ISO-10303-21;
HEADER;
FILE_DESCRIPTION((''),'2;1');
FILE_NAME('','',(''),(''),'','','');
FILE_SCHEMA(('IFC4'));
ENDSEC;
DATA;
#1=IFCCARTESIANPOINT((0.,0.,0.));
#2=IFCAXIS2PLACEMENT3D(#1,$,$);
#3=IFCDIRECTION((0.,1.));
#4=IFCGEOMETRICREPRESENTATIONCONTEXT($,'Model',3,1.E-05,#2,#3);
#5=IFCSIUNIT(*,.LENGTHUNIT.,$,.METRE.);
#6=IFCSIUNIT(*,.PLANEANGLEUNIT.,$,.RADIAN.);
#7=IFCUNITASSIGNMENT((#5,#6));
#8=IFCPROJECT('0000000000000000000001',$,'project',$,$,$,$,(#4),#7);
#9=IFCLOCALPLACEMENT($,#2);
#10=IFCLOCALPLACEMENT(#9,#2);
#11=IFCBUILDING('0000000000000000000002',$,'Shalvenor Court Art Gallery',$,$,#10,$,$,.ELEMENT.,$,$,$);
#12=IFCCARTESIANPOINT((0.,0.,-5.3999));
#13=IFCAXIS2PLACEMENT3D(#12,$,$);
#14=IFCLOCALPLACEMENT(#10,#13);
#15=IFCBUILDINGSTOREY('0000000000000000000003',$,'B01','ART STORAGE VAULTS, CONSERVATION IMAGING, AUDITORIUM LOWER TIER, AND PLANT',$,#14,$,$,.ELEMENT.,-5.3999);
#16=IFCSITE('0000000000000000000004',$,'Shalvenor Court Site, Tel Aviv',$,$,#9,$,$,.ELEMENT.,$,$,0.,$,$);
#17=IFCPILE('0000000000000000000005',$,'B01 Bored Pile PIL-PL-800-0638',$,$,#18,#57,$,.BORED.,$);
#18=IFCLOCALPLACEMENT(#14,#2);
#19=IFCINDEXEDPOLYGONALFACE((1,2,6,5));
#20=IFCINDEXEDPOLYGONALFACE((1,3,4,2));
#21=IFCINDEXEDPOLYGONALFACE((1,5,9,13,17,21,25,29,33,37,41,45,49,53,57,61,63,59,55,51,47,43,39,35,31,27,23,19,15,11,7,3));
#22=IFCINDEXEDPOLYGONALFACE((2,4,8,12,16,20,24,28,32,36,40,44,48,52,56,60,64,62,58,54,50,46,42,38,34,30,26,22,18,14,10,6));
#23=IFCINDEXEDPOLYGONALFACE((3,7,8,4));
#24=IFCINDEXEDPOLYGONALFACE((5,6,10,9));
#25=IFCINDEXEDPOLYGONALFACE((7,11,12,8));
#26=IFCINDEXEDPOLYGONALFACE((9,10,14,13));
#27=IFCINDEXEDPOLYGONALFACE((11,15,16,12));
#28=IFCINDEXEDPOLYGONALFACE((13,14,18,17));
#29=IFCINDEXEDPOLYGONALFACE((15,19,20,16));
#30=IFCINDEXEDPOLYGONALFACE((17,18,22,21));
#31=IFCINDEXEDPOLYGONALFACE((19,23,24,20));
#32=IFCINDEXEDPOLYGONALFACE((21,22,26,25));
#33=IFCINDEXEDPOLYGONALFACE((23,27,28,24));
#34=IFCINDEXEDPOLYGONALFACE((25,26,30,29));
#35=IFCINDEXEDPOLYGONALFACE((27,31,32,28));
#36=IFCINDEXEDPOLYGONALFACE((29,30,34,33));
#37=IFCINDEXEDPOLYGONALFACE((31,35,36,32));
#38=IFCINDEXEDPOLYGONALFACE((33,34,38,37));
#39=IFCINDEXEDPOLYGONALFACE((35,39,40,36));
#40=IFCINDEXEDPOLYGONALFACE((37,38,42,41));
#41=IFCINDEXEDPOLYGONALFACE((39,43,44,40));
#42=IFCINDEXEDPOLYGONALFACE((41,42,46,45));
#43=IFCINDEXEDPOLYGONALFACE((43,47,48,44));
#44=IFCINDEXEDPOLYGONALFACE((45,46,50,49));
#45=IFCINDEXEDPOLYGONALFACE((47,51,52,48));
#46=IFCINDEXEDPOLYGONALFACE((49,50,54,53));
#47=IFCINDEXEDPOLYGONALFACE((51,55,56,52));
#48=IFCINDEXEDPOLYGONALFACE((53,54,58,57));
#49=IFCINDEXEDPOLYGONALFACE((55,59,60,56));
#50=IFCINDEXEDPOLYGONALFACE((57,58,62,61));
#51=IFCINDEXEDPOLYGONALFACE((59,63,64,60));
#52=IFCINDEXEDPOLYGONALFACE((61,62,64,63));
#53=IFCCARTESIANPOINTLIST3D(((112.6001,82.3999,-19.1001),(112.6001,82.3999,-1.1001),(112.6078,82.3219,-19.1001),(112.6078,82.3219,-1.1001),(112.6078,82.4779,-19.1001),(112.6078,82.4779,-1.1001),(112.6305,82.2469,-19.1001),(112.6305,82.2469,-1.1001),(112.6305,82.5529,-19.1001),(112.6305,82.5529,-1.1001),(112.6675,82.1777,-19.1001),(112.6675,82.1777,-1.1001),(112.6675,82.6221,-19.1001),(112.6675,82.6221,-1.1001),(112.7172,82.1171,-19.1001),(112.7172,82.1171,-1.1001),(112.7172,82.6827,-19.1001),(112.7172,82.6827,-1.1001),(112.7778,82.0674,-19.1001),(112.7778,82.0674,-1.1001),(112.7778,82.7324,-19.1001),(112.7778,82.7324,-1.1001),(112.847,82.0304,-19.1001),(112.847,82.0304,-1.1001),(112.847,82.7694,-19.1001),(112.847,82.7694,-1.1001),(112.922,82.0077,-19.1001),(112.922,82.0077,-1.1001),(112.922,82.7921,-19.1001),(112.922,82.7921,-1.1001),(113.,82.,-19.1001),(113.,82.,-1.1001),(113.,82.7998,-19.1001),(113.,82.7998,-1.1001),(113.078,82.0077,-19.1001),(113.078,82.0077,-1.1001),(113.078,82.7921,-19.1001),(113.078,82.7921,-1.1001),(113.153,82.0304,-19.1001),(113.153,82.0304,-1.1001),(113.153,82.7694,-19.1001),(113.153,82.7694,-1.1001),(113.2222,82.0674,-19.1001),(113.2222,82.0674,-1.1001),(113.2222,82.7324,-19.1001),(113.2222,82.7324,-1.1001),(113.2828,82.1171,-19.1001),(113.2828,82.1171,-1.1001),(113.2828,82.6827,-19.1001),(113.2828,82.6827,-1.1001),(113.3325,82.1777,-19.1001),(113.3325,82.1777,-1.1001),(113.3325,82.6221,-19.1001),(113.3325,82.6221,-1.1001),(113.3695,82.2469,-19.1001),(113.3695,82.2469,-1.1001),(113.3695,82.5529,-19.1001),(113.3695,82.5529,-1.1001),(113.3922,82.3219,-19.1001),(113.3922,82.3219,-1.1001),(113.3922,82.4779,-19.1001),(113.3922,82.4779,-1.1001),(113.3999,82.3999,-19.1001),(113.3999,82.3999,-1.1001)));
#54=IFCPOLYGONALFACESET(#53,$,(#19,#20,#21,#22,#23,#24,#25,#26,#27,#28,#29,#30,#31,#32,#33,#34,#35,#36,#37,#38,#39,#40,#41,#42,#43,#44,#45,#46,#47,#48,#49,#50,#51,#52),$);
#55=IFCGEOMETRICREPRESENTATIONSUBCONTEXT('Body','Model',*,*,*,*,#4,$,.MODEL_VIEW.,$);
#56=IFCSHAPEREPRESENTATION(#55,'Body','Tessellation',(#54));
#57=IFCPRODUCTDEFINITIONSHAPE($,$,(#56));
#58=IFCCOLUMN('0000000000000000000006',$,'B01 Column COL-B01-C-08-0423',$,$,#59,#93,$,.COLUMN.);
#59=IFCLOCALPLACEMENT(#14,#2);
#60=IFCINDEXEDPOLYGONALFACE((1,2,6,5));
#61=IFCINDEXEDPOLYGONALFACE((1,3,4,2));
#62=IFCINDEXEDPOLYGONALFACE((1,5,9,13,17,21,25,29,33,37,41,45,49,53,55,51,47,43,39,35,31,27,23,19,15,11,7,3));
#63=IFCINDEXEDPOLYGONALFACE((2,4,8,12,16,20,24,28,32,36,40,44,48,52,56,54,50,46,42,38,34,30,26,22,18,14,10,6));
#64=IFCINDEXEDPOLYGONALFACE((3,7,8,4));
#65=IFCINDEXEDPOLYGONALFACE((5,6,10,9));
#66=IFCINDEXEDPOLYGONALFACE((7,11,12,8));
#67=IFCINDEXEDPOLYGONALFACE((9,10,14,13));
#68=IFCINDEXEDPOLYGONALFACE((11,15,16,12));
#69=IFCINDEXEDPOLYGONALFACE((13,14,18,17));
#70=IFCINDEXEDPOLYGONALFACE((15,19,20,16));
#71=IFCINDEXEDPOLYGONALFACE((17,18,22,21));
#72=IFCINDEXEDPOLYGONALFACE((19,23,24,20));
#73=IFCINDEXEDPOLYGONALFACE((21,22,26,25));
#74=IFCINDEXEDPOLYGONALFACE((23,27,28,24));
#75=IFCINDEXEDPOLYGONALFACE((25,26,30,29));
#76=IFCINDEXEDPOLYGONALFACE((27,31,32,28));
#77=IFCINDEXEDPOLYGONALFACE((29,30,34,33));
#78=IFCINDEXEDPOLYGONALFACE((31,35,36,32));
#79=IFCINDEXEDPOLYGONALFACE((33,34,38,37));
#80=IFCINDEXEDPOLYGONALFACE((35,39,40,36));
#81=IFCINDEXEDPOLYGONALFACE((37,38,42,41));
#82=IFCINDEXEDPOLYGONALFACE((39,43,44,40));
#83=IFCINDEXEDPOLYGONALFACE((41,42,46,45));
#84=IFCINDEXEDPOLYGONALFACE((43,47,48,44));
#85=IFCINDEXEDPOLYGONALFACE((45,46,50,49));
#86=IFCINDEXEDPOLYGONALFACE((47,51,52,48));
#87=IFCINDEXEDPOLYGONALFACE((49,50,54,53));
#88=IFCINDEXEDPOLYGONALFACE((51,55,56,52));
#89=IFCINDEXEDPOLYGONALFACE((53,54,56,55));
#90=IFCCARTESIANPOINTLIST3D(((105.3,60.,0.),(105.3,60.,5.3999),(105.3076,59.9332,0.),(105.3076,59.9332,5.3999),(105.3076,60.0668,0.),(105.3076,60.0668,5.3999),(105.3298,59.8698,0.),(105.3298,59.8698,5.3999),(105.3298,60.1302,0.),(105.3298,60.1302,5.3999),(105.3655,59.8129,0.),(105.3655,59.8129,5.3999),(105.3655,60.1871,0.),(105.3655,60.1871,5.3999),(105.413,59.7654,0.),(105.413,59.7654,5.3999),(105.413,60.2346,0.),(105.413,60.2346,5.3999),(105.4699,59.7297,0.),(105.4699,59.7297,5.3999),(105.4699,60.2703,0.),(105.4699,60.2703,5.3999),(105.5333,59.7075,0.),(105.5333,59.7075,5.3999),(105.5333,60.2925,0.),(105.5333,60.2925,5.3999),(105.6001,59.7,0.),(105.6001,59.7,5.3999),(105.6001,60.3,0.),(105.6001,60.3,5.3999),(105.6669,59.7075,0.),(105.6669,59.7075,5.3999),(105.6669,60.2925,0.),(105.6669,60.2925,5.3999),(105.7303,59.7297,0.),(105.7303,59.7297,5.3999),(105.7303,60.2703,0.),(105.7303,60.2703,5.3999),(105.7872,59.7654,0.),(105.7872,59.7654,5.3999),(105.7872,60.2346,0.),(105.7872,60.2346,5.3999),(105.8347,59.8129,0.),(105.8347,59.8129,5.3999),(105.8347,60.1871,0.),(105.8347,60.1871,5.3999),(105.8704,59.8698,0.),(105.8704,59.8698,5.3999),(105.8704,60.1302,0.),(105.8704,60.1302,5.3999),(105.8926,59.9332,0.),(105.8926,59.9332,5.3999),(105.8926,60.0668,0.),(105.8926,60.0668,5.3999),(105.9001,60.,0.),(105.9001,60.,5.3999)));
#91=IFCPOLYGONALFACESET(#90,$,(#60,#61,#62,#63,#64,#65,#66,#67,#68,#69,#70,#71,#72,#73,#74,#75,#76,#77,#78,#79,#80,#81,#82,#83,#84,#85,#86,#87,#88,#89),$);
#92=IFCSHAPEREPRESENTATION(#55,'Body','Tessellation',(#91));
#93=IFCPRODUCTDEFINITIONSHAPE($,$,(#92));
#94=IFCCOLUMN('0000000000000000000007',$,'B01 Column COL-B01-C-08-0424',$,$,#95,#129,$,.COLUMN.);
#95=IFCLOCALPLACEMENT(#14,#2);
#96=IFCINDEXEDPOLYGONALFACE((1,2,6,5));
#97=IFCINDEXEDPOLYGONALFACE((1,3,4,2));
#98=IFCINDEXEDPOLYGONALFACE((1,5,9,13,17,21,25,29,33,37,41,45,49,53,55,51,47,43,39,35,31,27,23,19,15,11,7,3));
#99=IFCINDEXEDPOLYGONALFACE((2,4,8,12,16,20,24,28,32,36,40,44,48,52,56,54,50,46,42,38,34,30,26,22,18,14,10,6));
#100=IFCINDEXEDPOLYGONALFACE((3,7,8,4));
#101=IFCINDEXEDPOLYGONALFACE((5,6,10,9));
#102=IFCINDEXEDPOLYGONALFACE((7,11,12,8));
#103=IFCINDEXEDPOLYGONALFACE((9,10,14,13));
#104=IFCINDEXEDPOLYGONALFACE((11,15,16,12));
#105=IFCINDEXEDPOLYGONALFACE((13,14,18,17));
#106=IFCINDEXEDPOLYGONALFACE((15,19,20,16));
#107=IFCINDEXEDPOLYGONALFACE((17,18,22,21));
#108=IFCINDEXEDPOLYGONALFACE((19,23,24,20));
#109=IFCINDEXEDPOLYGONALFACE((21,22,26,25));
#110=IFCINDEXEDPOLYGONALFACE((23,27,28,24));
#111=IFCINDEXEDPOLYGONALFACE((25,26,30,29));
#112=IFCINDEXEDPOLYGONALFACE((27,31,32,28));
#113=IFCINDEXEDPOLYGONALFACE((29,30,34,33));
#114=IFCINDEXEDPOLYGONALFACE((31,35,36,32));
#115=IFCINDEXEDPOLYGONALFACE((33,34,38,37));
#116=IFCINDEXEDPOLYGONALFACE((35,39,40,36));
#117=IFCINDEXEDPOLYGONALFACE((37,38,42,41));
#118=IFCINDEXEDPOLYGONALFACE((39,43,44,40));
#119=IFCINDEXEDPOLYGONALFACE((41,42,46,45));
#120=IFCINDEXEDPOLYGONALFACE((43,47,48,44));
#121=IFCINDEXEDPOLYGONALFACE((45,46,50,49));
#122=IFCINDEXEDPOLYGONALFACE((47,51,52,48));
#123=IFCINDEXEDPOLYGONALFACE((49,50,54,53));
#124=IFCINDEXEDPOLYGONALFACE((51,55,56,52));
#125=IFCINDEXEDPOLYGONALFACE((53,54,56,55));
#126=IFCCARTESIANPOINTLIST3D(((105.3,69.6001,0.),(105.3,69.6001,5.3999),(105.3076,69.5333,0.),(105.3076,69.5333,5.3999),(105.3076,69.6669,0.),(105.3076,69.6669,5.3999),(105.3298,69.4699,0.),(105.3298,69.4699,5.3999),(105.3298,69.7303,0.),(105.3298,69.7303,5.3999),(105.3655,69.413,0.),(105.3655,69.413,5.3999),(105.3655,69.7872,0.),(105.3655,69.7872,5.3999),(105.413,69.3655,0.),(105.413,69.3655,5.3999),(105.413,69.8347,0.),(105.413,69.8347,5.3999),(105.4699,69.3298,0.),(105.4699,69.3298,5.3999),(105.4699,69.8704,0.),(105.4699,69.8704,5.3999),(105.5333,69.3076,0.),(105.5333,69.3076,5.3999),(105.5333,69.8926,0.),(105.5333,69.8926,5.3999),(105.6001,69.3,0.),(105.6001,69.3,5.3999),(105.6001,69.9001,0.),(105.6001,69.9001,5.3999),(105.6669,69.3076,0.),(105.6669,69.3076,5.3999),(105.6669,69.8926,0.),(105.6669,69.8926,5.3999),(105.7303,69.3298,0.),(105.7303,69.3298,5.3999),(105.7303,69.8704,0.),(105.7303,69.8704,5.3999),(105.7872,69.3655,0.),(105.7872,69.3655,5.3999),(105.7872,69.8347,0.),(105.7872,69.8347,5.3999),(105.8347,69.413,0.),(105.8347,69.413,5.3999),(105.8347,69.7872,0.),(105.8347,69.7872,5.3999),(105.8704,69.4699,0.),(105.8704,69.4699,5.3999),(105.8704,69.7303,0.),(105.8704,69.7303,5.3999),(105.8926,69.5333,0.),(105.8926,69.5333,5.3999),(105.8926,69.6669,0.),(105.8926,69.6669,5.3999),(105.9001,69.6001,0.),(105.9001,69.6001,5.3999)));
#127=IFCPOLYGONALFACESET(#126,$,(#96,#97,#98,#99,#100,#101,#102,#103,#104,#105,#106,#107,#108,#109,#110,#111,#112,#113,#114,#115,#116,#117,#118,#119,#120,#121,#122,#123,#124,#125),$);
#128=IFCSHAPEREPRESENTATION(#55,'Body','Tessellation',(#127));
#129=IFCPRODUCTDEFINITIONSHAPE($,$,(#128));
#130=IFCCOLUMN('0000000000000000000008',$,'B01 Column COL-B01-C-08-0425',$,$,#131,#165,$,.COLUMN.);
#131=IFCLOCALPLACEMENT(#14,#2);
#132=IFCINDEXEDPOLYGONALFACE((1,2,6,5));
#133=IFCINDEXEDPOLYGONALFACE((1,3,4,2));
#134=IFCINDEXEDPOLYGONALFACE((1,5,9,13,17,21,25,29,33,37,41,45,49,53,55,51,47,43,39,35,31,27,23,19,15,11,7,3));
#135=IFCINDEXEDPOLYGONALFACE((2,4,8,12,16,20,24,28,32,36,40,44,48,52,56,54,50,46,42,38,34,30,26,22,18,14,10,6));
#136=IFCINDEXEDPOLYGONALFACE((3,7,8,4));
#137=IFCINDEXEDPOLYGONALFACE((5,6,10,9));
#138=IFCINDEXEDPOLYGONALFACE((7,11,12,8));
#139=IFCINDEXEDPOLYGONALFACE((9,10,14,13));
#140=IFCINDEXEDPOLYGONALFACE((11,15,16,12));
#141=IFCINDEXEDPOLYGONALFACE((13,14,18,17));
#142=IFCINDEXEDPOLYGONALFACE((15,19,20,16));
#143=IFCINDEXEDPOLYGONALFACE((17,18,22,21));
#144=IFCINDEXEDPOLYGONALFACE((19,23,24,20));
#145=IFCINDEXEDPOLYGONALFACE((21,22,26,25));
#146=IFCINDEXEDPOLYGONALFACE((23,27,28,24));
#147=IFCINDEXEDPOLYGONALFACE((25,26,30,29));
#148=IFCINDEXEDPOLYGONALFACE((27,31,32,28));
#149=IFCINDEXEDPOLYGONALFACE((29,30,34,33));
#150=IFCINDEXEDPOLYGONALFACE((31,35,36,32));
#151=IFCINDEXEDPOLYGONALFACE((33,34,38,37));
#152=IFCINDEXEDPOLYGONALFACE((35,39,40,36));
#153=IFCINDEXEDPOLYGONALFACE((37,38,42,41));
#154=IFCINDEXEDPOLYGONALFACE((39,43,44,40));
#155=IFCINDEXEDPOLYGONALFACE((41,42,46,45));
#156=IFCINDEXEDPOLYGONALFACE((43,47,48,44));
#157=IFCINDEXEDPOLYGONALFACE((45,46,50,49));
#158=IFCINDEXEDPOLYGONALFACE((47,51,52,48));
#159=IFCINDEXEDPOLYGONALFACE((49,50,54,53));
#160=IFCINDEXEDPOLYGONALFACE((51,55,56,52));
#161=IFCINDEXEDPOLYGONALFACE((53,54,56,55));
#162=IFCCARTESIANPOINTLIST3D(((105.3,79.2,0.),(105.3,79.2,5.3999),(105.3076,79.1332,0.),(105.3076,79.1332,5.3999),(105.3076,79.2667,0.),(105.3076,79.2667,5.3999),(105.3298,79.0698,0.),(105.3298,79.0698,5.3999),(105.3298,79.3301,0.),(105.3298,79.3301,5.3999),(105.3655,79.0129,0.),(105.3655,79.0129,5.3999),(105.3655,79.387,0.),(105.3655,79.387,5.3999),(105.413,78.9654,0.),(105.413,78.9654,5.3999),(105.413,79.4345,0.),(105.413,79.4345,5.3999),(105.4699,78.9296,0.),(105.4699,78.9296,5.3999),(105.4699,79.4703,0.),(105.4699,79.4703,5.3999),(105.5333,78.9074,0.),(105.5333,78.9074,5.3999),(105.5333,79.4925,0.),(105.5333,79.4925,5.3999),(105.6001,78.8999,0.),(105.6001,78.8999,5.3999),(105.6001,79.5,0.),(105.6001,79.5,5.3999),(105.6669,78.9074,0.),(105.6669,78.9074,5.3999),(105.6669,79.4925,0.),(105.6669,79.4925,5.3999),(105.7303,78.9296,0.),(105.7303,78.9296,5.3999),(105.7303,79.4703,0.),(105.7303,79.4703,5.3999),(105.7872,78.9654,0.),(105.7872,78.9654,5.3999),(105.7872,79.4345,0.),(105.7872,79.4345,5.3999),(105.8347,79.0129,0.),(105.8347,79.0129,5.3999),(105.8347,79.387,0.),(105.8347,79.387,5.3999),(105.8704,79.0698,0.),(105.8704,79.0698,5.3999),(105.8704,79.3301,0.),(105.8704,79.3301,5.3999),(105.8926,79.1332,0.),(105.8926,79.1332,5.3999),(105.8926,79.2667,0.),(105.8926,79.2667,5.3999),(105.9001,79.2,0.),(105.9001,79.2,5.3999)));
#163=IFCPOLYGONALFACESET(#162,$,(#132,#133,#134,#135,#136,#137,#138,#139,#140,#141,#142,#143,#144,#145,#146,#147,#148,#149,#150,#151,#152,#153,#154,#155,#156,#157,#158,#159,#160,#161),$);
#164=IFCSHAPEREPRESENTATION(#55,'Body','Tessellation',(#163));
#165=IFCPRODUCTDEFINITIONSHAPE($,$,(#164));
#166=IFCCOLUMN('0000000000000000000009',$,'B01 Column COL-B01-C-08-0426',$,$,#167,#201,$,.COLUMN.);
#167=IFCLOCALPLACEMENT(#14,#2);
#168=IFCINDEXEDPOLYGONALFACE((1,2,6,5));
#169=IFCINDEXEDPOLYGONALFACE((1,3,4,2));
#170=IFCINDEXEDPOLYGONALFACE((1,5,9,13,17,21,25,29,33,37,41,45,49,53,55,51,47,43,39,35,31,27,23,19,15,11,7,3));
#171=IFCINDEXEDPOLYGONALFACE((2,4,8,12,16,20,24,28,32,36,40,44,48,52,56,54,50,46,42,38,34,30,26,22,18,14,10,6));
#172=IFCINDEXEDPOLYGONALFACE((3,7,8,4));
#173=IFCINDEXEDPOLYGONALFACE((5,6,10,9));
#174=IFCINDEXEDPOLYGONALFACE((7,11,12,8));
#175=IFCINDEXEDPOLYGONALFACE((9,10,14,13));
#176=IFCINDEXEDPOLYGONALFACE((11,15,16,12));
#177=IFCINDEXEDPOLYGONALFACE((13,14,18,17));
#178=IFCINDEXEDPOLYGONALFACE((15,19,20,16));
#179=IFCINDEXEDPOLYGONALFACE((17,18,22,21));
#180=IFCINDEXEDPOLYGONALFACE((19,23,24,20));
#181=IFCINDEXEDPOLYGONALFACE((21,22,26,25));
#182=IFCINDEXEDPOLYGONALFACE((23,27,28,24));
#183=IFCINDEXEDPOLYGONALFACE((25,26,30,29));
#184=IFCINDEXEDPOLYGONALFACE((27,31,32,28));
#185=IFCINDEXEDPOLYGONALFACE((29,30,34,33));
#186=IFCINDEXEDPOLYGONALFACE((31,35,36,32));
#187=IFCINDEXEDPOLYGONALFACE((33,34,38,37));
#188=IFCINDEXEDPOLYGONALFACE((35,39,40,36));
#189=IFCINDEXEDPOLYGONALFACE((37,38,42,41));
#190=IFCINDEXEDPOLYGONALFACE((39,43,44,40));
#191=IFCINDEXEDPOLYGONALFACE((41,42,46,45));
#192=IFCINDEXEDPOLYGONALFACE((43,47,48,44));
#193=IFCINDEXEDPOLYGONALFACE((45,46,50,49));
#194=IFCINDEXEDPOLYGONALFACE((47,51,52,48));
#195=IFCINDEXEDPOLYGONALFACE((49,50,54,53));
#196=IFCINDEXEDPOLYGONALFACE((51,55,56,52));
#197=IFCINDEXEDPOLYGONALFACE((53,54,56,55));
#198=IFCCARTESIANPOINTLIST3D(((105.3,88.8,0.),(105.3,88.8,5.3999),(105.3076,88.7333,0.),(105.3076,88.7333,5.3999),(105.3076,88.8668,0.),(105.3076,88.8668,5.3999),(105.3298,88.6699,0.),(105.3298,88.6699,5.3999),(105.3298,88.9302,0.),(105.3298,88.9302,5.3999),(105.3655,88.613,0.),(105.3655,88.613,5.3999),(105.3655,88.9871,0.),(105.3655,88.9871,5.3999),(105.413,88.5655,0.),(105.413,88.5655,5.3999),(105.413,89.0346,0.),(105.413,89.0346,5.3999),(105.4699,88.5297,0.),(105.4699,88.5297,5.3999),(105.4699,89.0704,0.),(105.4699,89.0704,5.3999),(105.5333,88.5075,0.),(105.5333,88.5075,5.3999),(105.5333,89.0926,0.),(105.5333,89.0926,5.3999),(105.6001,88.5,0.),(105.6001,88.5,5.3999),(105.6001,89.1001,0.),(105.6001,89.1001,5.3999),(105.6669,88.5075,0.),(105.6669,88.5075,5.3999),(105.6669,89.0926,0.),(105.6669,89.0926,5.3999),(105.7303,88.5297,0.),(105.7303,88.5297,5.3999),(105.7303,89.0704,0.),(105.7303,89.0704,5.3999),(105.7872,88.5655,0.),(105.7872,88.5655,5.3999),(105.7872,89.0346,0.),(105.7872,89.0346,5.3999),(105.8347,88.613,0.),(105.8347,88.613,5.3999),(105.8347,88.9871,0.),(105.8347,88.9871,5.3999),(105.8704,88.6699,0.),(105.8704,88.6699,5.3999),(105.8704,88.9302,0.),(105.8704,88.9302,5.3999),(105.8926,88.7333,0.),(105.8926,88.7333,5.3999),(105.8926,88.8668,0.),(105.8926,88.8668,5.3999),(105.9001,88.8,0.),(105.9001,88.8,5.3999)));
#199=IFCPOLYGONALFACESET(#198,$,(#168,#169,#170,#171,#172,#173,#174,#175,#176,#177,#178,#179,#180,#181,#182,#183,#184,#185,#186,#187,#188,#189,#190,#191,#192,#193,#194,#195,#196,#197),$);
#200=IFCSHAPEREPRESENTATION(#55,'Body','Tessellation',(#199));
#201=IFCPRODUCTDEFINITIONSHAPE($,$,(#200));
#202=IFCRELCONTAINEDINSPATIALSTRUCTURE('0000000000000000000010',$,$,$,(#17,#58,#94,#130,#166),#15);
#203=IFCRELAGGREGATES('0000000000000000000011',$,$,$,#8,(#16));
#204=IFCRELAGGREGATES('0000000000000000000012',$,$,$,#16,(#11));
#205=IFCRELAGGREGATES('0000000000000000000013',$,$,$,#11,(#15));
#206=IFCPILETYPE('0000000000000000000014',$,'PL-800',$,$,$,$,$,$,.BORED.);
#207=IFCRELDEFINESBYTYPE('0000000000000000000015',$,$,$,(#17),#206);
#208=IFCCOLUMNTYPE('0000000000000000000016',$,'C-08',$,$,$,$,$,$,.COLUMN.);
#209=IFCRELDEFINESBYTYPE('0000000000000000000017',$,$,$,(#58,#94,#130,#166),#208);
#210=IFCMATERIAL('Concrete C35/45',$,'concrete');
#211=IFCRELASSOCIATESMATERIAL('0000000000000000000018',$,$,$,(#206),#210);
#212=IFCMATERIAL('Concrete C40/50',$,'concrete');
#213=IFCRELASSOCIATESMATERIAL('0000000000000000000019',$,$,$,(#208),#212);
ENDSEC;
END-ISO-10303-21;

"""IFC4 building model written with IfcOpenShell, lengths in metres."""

from ifc_helpers import new_model, si_unit, direction, frame, origin, origin_2d, place, context, subcontext, project, spatial, circle, extrude, material, material_profile, profile_set, type_object, element, save


model = new_model("IFC4")

# Units and contexts
model_context = context("Model", 3, precision=1e-05, world=origin(), true_north=direction((0.0, 1.0)))
body_context = subcontext(model_context, "Body", "Model", "MODEL_VIEW")
ifc_project = project(units=[si_unit("LENGTHUNIT", "METRE"), si_unit("PLANEANGLEUNIT", "RADIAN")], contexts=[model_context])

# Site, building, storey
site_placement = place(None, origin())
site = spatial("IfcSite", under=ifc_project, at=site_placement, Name="Shalvenor Court Site, Tel Aviv", CompositionType="ELEMENT", RefElevation=0.0)
building_placement = place(site_placement, origin())
building = spatial("IfcBuilding", under=site, at=building_placement, Name="Shalvenor Court Art Gallery", CompositionType="ELEMENT")
storey_placement = place(building_placement, frame((0.0, 0.0, -5.3999)))
storey = spatial("IfcBuildingStorey", under=building, at=storey_placement, Name="B01", Description="ART STORAGE VAULTS, CONSERVATION IMAGING, AUDITORIUM LOWER TIER, AND PLANT", CompositionType="ELEMENT", Elevation=-5.3999)

# Pile
ifc_material_1 = material(Name="Concrete C35/45", Category="concrete")
ifc_material_profile_1 = material_profile(ifc_material_1, circle(Radius=0.3999, at=origin_2d()), Name="PILE 800")
ifc_profile_set_1 = profile_set([ifc_material_profile_1], Name="Concrete C35/45")
pile_type_1 = type_object("IfcPileType", Name="PL-800", PredefinedType="BORED", material=ifc_profile_set_1)
for number, where, z_axis, x_axis, name in (
    (1, (113.0, 82.3999, -1.1001), (0.0, 0.0, -1.0), (1.0, 0.0, 0.0), "B01 Bored Pile PIL-PL-800-0638"),
):
    element("IfcPile", number, at=place(storey_placement, frame(where, z_axis=z_axis, x_axis=x_axis)), inside=storey, type_object=pile_type_1, Name=name, PredefinedType="BORED", context=body_context, shape_type="SweptSolid", body=[
        extrude(circle(Radius=0.3999, at=origin_2d()), origin(), (0.0, 0.0, 1.0), 18.0),
    ])

# Columns
ifc_material_2 = material(Name="Concrete C40/50", Category="concrete")
ifc_material_profile_2 = material_profile(ifc_material_2, circle(Radius=0.3, at=origin_2d()), Name="RC D600")
ifc_profile_set_2 = profile_set([ifc_material_profile_2], Name="Concrete C40/50")
column_type_1 = type_object("IfcColumnType", Name="C-08", PredefinedType="COLUMN", material=ifc_profile_set_2)
for number, where, z_axis, x_axis, name in (
    (2, (105.6001, 60.0, 0.0), (0.0, 0.0, 1.0), (1.0, 0.0, 0.0), "B01 Column COL-B01-C-08-0423"),
    (3, (105.6001, 69.6001, 0.0), (0.0, 0.0, 1.0), (1.0, 0.0, 0.0), "B01 Column COL-B01-C-08-0424"),
    (4, (105.6001, 79.2, 0.0), (0.0, 0.0, 1.0), (1.0, 0.0, 0.0), "B01 Column COL-B01-C-08-0425"),
    (5, (105.6001, 88.8, 0.0), (0.0, 0.0, 1.0), (1.0, 0.0, 0.0), "B01 Column COL-B01-C-08-0426"),
):
    element("IfcColumn", number, at=place(storey_placement, frame(where, z_axis=z_axis, x_axis=x_axis)), inside=storey, type_object=column_type_1, Name=name, PredefinedType="COLUMN", context=body_context, shape_type="SweptSolid", body=[
        extrude(circle(Radius=0.3, at=origin_2d()), origin(), (0.0, 0.0, 1.0), 5.3999),
    ])

save(model, "model.ifc")
